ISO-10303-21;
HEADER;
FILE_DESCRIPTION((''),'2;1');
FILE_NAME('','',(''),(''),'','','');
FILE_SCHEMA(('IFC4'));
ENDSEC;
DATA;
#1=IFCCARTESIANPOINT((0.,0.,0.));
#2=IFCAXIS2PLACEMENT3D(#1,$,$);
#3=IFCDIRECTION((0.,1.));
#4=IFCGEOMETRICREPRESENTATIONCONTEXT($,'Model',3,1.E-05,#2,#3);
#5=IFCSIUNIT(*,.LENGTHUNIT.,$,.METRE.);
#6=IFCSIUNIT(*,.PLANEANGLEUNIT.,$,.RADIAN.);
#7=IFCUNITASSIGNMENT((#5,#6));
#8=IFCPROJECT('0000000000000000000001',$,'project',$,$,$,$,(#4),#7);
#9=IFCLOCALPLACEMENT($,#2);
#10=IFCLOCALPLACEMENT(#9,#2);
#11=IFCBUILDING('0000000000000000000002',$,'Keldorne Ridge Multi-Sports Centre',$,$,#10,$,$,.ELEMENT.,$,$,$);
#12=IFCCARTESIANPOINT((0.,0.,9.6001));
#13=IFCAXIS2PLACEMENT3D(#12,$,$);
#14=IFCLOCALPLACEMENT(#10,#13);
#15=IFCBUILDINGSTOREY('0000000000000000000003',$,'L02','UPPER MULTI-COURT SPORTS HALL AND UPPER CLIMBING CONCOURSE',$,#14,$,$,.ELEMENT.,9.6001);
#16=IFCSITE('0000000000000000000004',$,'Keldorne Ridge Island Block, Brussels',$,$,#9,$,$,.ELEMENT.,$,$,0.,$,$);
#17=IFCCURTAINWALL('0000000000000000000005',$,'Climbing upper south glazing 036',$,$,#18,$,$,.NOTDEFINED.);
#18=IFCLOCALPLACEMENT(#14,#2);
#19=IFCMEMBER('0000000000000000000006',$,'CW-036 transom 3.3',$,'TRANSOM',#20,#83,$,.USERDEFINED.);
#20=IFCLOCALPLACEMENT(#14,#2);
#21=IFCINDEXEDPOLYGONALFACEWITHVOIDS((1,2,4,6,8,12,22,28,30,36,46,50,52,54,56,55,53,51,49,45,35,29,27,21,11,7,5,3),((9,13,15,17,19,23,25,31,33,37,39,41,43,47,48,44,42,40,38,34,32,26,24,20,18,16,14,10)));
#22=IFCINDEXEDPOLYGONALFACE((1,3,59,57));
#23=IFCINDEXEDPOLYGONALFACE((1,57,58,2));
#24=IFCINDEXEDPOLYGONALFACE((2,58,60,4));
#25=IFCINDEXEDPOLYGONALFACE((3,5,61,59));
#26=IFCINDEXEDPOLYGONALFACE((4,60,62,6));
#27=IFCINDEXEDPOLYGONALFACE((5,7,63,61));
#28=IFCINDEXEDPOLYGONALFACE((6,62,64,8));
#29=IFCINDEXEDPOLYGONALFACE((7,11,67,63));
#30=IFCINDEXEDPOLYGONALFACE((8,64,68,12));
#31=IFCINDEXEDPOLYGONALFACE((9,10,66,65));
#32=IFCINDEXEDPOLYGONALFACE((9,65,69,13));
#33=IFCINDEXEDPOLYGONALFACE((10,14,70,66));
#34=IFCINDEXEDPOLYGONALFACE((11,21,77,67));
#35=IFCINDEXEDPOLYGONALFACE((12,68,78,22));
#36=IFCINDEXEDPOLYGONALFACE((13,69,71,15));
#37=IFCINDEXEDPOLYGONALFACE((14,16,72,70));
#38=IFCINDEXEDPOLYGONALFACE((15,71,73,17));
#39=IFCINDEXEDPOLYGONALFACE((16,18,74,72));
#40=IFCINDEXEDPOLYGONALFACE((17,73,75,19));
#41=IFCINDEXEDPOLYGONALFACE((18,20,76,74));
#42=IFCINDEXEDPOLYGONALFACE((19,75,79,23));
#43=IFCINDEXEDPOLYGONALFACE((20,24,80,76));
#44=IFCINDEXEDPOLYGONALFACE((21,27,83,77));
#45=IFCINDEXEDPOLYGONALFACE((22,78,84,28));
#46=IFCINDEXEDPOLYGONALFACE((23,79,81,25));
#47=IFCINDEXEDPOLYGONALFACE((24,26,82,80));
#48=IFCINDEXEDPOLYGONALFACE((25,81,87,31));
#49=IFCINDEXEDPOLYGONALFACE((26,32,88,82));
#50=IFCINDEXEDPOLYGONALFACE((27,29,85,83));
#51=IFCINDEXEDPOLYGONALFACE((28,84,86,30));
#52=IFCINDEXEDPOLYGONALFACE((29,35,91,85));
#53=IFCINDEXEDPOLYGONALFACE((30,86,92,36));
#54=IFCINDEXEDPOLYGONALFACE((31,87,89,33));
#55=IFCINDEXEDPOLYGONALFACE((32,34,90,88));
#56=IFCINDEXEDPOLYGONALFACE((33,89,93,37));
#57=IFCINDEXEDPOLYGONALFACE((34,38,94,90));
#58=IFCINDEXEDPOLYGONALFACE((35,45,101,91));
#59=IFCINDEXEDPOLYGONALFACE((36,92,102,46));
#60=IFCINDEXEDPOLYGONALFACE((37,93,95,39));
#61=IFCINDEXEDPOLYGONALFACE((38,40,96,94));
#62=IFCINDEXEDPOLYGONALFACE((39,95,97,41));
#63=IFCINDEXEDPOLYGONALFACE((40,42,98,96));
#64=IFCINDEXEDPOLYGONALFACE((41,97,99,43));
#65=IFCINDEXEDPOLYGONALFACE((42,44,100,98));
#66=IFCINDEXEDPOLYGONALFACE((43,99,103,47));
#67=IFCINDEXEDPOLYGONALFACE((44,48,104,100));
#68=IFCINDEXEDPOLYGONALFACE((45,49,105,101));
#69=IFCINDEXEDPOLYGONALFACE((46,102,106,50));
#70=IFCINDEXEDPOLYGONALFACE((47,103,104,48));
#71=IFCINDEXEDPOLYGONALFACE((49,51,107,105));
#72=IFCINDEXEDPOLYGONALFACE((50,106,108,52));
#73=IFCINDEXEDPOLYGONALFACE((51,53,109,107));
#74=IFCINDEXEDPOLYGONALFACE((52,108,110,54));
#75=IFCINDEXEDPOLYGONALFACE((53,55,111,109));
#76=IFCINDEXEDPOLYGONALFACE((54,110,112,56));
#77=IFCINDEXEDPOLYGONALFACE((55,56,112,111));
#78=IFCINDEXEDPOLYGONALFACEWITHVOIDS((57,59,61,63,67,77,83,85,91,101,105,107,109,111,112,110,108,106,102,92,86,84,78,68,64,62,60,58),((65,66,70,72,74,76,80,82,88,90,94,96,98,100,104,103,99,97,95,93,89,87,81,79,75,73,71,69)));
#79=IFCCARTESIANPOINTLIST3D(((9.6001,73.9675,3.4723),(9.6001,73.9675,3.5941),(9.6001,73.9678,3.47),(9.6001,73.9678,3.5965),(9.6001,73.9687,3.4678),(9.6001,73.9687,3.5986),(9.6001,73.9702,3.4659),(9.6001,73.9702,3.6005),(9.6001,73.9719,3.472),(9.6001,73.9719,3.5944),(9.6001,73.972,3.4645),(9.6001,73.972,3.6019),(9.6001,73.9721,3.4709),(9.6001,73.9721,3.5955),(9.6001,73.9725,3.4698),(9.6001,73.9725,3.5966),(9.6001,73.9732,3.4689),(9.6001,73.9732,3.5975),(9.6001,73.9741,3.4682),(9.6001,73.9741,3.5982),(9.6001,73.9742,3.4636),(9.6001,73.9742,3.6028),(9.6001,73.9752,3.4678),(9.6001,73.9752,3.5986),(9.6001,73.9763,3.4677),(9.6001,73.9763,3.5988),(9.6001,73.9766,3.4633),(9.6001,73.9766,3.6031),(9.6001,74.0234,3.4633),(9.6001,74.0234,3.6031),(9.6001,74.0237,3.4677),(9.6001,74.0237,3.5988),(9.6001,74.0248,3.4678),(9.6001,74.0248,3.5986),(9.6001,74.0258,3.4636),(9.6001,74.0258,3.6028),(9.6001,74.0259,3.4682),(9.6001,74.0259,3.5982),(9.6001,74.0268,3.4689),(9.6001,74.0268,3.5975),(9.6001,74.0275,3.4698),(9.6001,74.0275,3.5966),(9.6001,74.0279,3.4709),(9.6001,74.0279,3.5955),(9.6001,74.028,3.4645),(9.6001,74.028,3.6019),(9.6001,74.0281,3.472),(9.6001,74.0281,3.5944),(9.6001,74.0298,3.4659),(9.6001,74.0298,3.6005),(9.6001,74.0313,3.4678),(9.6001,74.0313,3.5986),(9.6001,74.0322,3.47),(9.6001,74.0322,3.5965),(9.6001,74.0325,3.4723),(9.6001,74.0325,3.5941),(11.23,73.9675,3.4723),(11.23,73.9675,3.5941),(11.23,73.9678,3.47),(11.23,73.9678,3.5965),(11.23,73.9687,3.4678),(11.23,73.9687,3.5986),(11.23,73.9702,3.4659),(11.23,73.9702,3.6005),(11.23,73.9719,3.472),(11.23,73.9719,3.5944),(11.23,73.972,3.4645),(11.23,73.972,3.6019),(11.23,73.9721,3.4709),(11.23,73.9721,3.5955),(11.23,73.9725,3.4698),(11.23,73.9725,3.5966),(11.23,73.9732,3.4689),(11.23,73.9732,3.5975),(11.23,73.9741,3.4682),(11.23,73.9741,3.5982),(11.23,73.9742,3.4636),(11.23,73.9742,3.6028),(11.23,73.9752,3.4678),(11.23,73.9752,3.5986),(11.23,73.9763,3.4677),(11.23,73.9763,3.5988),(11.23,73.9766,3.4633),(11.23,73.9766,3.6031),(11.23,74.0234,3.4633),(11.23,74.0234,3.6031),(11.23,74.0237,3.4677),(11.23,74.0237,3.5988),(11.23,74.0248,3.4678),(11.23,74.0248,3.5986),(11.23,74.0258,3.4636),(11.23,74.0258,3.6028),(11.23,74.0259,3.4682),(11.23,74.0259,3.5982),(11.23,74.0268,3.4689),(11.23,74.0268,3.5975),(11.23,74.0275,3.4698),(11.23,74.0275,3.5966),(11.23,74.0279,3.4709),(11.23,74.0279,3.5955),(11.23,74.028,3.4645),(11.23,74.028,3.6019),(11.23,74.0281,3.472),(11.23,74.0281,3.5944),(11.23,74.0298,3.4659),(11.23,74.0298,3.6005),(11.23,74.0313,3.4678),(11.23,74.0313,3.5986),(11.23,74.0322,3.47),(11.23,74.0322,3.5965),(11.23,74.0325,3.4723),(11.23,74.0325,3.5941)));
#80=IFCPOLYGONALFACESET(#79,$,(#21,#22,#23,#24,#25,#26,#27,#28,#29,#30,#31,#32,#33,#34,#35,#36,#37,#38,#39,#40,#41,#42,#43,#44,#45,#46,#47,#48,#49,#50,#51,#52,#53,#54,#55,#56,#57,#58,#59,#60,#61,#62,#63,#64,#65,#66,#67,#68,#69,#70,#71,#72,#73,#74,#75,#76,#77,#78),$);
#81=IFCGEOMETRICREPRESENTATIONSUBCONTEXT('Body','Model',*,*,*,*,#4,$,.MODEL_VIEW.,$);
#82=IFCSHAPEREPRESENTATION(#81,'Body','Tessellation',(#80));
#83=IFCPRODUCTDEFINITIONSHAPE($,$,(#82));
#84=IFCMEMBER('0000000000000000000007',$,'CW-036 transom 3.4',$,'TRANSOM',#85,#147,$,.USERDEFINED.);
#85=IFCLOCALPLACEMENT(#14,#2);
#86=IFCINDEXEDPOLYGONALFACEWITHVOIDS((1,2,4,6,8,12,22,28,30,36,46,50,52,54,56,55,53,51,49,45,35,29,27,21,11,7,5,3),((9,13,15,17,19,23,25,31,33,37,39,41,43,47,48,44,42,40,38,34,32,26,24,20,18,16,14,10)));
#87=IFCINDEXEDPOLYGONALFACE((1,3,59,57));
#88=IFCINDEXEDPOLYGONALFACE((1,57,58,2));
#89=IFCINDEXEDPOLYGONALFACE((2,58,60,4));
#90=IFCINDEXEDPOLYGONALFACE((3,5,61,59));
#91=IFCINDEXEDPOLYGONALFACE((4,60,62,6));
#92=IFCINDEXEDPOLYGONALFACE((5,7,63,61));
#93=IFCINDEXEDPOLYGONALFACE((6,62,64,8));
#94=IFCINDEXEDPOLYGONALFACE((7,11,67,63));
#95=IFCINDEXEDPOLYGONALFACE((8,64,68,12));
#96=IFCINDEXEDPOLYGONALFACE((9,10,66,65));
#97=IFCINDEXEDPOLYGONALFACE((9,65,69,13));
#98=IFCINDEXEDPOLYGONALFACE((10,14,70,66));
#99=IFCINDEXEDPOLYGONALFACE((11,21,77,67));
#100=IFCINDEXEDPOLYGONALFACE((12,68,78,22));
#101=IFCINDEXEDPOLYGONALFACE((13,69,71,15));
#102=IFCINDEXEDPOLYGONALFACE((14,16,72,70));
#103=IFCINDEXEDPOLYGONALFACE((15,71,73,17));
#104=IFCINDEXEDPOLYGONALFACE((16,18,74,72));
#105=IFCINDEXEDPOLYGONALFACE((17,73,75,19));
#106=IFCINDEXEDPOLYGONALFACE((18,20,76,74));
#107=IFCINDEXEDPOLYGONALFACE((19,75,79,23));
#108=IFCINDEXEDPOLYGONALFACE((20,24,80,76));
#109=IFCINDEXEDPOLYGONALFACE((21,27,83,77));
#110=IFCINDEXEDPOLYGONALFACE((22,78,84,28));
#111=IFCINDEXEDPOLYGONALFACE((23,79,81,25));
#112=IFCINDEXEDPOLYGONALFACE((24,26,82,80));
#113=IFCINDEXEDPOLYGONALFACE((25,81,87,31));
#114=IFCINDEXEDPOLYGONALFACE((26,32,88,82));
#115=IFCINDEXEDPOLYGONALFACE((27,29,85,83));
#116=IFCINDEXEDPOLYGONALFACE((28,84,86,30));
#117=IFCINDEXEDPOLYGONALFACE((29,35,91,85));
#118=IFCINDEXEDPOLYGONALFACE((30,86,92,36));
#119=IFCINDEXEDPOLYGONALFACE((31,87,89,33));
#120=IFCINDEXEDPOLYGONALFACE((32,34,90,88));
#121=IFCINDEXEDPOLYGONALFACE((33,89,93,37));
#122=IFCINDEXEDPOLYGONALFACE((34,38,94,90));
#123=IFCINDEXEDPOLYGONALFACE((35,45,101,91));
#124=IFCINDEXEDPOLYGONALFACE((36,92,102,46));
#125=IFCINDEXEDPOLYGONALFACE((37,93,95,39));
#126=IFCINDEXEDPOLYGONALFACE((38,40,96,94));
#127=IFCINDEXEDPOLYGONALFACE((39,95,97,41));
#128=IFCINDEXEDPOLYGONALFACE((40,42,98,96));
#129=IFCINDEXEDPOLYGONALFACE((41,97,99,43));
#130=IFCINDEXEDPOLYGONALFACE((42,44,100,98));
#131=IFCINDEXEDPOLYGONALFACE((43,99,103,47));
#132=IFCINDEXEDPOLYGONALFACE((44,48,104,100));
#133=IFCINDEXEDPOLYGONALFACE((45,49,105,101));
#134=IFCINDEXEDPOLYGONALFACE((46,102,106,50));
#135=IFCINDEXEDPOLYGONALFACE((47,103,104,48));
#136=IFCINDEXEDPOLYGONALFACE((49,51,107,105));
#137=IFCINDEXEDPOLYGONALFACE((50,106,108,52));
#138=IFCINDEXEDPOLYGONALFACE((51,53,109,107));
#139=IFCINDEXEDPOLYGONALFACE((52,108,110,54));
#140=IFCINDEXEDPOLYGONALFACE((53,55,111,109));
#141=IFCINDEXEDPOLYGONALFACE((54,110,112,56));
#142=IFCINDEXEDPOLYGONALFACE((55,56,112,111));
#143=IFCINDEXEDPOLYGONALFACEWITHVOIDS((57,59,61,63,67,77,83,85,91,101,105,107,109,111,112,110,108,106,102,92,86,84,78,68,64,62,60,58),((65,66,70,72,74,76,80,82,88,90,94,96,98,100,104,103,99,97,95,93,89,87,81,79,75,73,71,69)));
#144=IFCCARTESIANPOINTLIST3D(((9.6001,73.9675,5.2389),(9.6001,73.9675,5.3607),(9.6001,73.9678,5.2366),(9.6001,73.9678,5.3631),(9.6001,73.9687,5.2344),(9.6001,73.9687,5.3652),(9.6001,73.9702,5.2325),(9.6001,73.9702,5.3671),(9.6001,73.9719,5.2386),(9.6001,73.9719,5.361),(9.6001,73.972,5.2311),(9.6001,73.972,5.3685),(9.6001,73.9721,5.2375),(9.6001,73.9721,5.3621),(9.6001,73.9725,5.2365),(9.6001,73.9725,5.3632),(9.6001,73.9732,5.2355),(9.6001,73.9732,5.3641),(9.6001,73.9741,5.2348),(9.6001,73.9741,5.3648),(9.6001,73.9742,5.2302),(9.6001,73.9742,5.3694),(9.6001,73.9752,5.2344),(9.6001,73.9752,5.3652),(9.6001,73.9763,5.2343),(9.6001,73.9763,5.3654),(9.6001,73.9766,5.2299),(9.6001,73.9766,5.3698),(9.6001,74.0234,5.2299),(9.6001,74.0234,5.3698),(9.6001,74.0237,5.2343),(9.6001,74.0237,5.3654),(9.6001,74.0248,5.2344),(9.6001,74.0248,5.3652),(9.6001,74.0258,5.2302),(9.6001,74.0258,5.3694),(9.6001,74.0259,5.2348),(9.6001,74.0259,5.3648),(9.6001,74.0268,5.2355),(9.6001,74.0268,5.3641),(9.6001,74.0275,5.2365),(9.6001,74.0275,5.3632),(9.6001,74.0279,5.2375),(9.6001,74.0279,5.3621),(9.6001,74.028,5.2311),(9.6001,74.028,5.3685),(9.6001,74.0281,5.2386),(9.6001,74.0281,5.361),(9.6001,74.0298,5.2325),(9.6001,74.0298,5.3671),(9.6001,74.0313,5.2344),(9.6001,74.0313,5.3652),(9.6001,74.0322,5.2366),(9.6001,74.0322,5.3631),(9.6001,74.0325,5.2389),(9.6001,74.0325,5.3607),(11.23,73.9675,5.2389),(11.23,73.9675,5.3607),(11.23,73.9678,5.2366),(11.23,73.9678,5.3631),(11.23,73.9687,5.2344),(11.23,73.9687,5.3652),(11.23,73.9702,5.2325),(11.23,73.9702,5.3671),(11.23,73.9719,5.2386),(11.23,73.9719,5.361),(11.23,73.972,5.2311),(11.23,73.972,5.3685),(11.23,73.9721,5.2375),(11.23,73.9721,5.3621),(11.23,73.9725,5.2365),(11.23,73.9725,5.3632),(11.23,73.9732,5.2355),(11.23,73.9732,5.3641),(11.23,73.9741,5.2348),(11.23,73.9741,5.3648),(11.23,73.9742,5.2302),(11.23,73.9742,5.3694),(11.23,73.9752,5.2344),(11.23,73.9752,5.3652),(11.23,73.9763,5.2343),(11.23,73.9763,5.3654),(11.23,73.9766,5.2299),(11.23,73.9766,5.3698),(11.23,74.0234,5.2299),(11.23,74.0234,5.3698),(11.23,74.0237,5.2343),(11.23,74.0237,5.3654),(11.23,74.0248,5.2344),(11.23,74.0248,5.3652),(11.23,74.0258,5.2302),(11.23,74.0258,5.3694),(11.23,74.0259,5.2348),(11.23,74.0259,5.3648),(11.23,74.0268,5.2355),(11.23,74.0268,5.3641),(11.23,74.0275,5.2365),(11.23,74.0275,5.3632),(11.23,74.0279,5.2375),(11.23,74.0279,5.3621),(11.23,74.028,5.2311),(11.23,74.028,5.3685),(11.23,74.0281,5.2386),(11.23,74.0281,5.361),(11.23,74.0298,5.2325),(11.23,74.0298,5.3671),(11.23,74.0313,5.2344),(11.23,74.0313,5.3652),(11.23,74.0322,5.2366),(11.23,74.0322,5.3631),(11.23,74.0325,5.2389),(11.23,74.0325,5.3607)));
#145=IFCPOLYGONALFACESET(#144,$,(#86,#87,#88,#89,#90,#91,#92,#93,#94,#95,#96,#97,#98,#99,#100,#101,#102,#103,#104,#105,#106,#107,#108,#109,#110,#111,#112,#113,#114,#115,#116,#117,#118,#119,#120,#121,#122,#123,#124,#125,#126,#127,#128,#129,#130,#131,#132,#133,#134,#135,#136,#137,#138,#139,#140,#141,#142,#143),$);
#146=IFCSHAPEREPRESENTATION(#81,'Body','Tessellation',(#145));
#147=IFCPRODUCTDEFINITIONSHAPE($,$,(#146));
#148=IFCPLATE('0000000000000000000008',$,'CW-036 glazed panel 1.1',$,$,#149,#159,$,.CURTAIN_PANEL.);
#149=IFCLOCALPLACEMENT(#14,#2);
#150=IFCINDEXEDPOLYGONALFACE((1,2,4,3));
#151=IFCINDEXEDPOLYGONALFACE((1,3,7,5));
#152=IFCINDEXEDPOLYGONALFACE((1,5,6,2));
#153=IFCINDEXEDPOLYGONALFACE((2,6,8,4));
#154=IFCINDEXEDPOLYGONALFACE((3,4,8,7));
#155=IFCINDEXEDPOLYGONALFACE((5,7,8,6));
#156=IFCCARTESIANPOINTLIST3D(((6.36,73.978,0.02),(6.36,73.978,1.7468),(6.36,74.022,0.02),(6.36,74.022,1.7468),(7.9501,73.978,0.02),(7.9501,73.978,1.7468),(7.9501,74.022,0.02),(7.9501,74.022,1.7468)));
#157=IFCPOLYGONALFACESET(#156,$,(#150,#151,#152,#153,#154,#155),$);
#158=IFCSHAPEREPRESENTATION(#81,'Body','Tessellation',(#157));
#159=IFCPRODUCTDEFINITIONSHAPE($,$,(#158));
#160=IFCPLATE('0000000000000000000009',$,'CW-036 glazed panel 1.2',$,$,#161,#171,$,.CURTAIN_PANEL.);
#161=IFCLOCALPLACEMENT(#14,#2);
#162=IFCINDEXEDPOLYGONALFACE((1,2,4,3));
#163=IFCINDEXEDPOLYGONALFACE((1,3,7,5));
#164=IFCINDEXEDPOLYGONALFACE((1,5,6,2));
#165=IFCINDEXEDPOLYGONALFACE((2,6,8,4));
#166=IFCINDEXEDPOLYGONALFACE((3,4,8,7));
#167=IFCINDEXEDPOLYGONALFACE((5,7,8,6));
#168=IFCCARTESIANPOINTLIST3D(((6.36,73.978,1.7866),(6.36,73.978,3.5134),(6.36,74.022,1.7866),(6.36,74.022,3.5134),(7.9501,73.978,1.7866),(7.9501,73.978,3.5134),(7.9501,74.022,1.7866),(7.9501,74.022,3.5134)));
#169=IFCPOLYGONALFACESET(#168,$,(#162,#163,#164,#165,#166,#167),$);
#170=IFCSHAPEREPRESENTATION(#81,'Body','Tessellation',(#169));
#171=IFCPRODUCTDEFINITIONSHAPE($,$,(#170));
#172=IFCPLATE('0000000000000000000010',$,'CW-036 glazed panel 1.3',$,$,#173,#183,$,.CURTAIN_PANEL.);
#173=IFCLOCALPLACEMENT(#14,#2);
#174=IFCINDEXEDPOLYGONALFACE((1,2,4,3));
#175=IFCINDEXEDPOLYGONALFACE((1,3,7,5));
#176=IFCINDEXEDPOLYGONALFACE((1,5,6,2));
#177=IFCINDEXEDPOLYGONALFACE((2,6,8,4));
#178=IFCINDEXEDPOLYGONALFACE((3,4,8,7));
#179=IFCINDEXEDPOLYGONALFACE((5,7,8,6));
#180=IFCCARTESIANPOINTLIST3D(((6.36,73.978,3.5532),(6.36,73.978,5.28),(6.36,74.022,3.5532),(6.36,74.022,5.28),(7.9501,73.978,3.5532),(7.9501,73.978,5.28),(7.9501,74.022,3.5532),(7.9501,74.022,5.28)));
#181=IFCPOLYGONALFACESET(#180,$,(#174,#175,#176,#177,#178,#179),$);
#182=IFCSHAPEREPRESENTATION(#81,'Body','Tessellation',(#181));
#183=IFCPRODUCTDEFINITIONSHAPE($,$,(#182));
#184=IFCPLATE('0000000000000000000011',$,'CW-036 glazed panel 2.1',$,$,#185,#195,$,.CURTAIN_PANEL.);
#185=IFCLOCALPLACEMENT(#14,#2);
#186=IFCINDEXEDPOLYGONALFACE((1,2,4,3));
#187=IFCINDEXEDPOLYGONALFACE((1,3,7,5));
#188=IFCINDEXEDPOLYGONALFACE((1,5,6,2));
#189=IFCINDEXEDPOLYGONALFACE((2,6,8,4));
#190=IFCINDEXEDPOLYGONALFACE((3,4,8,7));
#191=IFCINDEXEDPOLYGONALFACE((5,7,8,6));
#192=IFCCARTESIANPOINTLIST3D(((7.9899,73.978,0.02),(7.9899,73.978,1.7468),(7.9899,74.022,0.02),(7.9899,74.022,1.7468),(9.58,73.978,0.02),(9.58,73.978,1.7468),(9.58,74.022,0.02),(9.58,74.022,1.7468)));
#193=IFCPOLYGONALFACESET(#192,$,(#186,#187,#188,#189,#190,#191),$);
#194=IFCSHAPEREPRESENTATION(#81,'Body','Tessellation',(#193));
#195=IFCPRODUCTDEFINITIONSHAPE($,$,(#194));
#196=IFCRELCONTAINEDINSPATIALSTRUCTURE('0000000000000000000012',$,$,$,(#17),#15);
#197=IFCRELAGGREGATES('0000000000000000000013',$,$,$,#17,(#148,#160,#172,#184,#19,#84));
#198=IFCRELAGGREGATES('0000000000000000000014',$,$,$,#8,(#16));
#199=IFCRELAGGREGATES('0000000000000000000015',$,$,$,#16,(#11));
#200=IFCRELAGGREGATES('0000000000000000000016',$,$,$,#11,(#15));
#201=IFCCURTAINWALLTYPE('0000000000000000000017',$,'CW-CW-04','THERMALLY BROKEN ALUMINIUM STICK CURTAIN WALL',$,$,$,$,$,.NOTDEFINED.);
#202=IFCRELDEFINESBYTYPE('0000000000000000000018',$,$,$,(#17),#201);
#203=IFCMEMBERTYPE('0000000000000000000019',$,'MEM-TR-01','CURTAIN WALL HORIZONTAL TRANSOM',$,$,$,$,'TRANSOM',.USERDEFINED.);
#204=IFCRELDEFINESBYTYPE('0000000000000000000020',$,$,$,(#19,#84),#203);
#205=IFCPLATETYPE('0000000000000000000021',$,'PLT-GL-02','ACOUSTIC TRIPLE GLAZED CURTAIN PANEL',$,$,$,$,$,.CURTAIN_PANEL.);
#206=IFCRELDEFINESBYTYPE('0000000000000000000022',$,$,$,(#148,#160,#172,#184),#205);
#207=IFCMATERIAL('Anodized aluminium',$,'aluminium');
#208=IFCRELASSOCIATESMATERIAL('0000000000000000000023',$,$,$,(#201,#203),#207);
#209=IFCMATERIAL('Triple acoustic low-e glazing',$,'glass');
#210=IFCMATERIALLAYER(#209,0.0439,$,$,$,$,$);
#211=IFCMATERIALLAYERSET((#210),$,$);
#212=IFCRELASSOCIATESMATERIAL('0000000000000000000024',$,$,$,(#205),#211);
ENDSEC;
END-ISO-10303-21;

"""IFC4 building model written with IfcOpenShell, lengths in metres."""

from ifc_helpers import new_model, si_unit, direction, frame, origin, origin_2d, place, context, subcontext, project, spatial, rectangle, hollow_rectangle, extrude, material, layer, layer_set, material_profile, profile_set, type_object, element, aggregate, save


model = new_model("IFC4")

# Units and contexts
model_context = context("Model", 3, precision=1e-05, world=origin(), true_north=direction((0.0, 1.0)))
body_context = subcontext(model_context, "Body", "Model", "MODEL_VIEW")
ifc_project = project(units=[si_unit("LENGTHUNIT", "METRE"), si_unit("PLANEANGLEUNIT", "RADIAN")], contexts=[model_context])

# Site, building, storey
site_placement = place(None, origin())
site = spatial("IfcSite", under=ifc_project, at=site_placement, Name="Keldorne Ridge Island Block, Brussels", CompositionType="ELEMENT", RefElevation=0.0)
building_placement = place(site_placement, origin())
building = spatial("IfcBuilding", under=site, at=building_placement, Name="Keldorne Ridge Multi-Sports Centre", CompositionType="ELEMENT")
storey_placement = place(building_placement, frame((0.0, 0.0, 9.6001)))
storey = spatial("IfcBuildingStorey", under=building, at=storey_placement, Name="L02", Description="UPPER MULTI-COURT SPORTS HALL AND UPPER CLIMBING CONCOURSE", CompositionType="ELEMENT", Elevation=9.6001)

# Curtain wall
ifc_material_1 = material(Name="Anodized aluminium", Category="aluminium")
curtain_wall_type = type_object("IfcCurtainWallType", Name="CW-CW-04", Description="THERMALLY BROKEN ALUMINIUM STICK CURTAIN WALL", PredefinedType="NOTDEFINED", material=ifc_material_1)
curtain_wall_placement = place(storey_placement, origin())
curtain_wall = element("IfcCurtainWall", 1, at=curtain_wall_placement, inside=storey, type_object=curtain_wall_type, Name="Climbing upper south glazing 036", PredefinedType="NOTDEFINED")

# Members
ifc_material_profile_1 = material_profile(ifc_material_1, hollow_rectangle(XDim=0.0649, YDim=0.1399, WallThickness=0.0044, InnerFilletRadius=0.0044, OuterFilletRadius=0.009, at=origin_2d()), Name="ALU TRANSOM 140x65x4.5")
ifc_profile_set_1 = profile_set([ifc_material_profile_1], Name="Anodized aluminium")
member_type_1 = type_object("IfcMemberType", Name="MEM-TR-01", Description="CURTAIN WALL HORIZONTAL TRANSOM", ElementType="TRANSOM", PredefinedType="USERDEFINED", material=ifc_profile_set_1)
member_1_placement = place(storey_placement, frame((9.6001, 74.0, 3.5332), z_axis=(1.0, 0.0, 0.0), x_axis=(0.0, 1.0, 0.0)))
member_1 = element("IfcMember", 2, at=member_1_placement, type_object=member_type_1, Name="CW-036 transom 3.3", ObjectType="TRANSOM", PredefinedType="USERDEFINED", context=body_context, shape_type="SweptSolid", body=[
    extrude(hollow_rectangle(XDim=0.0649, YDim=0.1399, WallThickness=0.0044, InnerFilletRadius=0.0044, OuterFilletRadius=0.009, at=origin_2d()), origin(), (0.0, 0.0, 1.0), 1.6299),
])
member_2_placement = place(storey_placement, frame((9.6001, 74.0, 5.2998), z_axis=(1.0, 0.0, 0.0), x_axis=(0.0, 1.0, 0.0)))
member_2 = element("IfcMember", 3, at=member_2_placement, type_object=member_type_1, Name="CW-036 transom 3.4", ObjectType="TRANSOM", PredefinedType="USERDEFINED", context=body_context, shape_type="SweptSolid", body=[
    extrude(hollow_rectangle(XDim=0.0649, YDim=0.1399, WallThickness=0.0044, InnerFilletRadius=0.0044, OuterFilletRadius=0.009, at=origin_2d()), origin(), (0.0, 0.0, 1.0), 1.6299),
])

# Plates
ifc_material_2 = material(Name="Triple acoustic low-e glazing", Category="glass")
ifc_layer = layer(ifc_material_2, 0.0439)
ifc_layer_set = layer_set([ifc_layer])
plate_type = type_object("IfcPlateType", Name="PLT-GL-02", Description="ACOUSTIC TRIPLE GLAZED CURTAIN PANEL", PredefinedType="CURTAIN_PANEL", material=ifc_layer_set)
plate_1_placement = place(storey_placement, frame((7.155, 74.0, 0.02), z_axis=(0.0, 0.0, 1.0), x_axis=(1.0, 0.0, 0.0)))
plate_1 = element("IfcPlate", 4, at=plate_1_placement, type_object=plate_type, Name="CW-036 glazed panel 1.1", PredefinedType="CURTAIN_PANEL", context=body_context, shape_type="SweptSolid", body=[
    extrude(rectangle(XDim=1.5901, YDim=0.0439, at=origin_2d()), origin(), (0.0, 0.0, 1.0), 1.7268),
])
plate_2_placement = place(storey_placement, frame((7.155, 74.0, 1.7866), z_axis=(0.0, 0.0, 1.0), x_axis=(1.0, 0.0, 0.0)))
plate_2 = element("IfcPlate", 5, at=plate_2_placement, type_object=plate_type, Name="CW-036 glazed panel 1.2", PredefinedType="CURTAIN_PANEL", context=body_context, shape_type="SweptSolid", body=[
    extrude(rectangle(XDim=1.5901, YDim=0.0439, at=origin_2d()), origin(), (0.0, 0.0, 1.0), 1.7268),
])
plate_3_placement = place(storey_placement, frame((7.155, 74.0, 3.5532), z_axis=(0.0, 0.0, 1.0), x_axis=(1.0, 0.0, 0.0)))
plate_3 = element("IfcPlate", 6, at=plate_3_placement, type_object=plate_type, Name="CW-036 glazed panel 1.3", PredefinedType="CURTAIN_PANEL", context=body_context, shape_type="SweptSolid", body=[
    extrude(rectangle(XDim=1.5901, YDim=0.0439, at=origin_2d()), origin(), (0.0, 0.0, 1.0), 1.7268),
])
plate_4_placement = place(storey_placement, frame((8.7849, 74.0, 0.02), z_axis=(0.0, 0.0, 1.0), x_axis=(1.0, 0.0, 0.0)))
plate_4 = element("IfcPlate", 7, at=plate_4_placement, type_object=plate_type, Name="CW-036 glazed panel 2.1", PredefinedType="CURTAIN_PANEL", context=body_context, shape_type="SweptSolid", body=[
    extrude(rectangle(XDim=1.5901, YDim=0.0439, at=origin_2d()), origin(), (0.0, 0.0, 1.0), 1.7268),
])
aggregate(curtain_wall, [plate_1, plate_2, plate_3, plate_4, member_1, member_2])

save(model, "model.ifc")
